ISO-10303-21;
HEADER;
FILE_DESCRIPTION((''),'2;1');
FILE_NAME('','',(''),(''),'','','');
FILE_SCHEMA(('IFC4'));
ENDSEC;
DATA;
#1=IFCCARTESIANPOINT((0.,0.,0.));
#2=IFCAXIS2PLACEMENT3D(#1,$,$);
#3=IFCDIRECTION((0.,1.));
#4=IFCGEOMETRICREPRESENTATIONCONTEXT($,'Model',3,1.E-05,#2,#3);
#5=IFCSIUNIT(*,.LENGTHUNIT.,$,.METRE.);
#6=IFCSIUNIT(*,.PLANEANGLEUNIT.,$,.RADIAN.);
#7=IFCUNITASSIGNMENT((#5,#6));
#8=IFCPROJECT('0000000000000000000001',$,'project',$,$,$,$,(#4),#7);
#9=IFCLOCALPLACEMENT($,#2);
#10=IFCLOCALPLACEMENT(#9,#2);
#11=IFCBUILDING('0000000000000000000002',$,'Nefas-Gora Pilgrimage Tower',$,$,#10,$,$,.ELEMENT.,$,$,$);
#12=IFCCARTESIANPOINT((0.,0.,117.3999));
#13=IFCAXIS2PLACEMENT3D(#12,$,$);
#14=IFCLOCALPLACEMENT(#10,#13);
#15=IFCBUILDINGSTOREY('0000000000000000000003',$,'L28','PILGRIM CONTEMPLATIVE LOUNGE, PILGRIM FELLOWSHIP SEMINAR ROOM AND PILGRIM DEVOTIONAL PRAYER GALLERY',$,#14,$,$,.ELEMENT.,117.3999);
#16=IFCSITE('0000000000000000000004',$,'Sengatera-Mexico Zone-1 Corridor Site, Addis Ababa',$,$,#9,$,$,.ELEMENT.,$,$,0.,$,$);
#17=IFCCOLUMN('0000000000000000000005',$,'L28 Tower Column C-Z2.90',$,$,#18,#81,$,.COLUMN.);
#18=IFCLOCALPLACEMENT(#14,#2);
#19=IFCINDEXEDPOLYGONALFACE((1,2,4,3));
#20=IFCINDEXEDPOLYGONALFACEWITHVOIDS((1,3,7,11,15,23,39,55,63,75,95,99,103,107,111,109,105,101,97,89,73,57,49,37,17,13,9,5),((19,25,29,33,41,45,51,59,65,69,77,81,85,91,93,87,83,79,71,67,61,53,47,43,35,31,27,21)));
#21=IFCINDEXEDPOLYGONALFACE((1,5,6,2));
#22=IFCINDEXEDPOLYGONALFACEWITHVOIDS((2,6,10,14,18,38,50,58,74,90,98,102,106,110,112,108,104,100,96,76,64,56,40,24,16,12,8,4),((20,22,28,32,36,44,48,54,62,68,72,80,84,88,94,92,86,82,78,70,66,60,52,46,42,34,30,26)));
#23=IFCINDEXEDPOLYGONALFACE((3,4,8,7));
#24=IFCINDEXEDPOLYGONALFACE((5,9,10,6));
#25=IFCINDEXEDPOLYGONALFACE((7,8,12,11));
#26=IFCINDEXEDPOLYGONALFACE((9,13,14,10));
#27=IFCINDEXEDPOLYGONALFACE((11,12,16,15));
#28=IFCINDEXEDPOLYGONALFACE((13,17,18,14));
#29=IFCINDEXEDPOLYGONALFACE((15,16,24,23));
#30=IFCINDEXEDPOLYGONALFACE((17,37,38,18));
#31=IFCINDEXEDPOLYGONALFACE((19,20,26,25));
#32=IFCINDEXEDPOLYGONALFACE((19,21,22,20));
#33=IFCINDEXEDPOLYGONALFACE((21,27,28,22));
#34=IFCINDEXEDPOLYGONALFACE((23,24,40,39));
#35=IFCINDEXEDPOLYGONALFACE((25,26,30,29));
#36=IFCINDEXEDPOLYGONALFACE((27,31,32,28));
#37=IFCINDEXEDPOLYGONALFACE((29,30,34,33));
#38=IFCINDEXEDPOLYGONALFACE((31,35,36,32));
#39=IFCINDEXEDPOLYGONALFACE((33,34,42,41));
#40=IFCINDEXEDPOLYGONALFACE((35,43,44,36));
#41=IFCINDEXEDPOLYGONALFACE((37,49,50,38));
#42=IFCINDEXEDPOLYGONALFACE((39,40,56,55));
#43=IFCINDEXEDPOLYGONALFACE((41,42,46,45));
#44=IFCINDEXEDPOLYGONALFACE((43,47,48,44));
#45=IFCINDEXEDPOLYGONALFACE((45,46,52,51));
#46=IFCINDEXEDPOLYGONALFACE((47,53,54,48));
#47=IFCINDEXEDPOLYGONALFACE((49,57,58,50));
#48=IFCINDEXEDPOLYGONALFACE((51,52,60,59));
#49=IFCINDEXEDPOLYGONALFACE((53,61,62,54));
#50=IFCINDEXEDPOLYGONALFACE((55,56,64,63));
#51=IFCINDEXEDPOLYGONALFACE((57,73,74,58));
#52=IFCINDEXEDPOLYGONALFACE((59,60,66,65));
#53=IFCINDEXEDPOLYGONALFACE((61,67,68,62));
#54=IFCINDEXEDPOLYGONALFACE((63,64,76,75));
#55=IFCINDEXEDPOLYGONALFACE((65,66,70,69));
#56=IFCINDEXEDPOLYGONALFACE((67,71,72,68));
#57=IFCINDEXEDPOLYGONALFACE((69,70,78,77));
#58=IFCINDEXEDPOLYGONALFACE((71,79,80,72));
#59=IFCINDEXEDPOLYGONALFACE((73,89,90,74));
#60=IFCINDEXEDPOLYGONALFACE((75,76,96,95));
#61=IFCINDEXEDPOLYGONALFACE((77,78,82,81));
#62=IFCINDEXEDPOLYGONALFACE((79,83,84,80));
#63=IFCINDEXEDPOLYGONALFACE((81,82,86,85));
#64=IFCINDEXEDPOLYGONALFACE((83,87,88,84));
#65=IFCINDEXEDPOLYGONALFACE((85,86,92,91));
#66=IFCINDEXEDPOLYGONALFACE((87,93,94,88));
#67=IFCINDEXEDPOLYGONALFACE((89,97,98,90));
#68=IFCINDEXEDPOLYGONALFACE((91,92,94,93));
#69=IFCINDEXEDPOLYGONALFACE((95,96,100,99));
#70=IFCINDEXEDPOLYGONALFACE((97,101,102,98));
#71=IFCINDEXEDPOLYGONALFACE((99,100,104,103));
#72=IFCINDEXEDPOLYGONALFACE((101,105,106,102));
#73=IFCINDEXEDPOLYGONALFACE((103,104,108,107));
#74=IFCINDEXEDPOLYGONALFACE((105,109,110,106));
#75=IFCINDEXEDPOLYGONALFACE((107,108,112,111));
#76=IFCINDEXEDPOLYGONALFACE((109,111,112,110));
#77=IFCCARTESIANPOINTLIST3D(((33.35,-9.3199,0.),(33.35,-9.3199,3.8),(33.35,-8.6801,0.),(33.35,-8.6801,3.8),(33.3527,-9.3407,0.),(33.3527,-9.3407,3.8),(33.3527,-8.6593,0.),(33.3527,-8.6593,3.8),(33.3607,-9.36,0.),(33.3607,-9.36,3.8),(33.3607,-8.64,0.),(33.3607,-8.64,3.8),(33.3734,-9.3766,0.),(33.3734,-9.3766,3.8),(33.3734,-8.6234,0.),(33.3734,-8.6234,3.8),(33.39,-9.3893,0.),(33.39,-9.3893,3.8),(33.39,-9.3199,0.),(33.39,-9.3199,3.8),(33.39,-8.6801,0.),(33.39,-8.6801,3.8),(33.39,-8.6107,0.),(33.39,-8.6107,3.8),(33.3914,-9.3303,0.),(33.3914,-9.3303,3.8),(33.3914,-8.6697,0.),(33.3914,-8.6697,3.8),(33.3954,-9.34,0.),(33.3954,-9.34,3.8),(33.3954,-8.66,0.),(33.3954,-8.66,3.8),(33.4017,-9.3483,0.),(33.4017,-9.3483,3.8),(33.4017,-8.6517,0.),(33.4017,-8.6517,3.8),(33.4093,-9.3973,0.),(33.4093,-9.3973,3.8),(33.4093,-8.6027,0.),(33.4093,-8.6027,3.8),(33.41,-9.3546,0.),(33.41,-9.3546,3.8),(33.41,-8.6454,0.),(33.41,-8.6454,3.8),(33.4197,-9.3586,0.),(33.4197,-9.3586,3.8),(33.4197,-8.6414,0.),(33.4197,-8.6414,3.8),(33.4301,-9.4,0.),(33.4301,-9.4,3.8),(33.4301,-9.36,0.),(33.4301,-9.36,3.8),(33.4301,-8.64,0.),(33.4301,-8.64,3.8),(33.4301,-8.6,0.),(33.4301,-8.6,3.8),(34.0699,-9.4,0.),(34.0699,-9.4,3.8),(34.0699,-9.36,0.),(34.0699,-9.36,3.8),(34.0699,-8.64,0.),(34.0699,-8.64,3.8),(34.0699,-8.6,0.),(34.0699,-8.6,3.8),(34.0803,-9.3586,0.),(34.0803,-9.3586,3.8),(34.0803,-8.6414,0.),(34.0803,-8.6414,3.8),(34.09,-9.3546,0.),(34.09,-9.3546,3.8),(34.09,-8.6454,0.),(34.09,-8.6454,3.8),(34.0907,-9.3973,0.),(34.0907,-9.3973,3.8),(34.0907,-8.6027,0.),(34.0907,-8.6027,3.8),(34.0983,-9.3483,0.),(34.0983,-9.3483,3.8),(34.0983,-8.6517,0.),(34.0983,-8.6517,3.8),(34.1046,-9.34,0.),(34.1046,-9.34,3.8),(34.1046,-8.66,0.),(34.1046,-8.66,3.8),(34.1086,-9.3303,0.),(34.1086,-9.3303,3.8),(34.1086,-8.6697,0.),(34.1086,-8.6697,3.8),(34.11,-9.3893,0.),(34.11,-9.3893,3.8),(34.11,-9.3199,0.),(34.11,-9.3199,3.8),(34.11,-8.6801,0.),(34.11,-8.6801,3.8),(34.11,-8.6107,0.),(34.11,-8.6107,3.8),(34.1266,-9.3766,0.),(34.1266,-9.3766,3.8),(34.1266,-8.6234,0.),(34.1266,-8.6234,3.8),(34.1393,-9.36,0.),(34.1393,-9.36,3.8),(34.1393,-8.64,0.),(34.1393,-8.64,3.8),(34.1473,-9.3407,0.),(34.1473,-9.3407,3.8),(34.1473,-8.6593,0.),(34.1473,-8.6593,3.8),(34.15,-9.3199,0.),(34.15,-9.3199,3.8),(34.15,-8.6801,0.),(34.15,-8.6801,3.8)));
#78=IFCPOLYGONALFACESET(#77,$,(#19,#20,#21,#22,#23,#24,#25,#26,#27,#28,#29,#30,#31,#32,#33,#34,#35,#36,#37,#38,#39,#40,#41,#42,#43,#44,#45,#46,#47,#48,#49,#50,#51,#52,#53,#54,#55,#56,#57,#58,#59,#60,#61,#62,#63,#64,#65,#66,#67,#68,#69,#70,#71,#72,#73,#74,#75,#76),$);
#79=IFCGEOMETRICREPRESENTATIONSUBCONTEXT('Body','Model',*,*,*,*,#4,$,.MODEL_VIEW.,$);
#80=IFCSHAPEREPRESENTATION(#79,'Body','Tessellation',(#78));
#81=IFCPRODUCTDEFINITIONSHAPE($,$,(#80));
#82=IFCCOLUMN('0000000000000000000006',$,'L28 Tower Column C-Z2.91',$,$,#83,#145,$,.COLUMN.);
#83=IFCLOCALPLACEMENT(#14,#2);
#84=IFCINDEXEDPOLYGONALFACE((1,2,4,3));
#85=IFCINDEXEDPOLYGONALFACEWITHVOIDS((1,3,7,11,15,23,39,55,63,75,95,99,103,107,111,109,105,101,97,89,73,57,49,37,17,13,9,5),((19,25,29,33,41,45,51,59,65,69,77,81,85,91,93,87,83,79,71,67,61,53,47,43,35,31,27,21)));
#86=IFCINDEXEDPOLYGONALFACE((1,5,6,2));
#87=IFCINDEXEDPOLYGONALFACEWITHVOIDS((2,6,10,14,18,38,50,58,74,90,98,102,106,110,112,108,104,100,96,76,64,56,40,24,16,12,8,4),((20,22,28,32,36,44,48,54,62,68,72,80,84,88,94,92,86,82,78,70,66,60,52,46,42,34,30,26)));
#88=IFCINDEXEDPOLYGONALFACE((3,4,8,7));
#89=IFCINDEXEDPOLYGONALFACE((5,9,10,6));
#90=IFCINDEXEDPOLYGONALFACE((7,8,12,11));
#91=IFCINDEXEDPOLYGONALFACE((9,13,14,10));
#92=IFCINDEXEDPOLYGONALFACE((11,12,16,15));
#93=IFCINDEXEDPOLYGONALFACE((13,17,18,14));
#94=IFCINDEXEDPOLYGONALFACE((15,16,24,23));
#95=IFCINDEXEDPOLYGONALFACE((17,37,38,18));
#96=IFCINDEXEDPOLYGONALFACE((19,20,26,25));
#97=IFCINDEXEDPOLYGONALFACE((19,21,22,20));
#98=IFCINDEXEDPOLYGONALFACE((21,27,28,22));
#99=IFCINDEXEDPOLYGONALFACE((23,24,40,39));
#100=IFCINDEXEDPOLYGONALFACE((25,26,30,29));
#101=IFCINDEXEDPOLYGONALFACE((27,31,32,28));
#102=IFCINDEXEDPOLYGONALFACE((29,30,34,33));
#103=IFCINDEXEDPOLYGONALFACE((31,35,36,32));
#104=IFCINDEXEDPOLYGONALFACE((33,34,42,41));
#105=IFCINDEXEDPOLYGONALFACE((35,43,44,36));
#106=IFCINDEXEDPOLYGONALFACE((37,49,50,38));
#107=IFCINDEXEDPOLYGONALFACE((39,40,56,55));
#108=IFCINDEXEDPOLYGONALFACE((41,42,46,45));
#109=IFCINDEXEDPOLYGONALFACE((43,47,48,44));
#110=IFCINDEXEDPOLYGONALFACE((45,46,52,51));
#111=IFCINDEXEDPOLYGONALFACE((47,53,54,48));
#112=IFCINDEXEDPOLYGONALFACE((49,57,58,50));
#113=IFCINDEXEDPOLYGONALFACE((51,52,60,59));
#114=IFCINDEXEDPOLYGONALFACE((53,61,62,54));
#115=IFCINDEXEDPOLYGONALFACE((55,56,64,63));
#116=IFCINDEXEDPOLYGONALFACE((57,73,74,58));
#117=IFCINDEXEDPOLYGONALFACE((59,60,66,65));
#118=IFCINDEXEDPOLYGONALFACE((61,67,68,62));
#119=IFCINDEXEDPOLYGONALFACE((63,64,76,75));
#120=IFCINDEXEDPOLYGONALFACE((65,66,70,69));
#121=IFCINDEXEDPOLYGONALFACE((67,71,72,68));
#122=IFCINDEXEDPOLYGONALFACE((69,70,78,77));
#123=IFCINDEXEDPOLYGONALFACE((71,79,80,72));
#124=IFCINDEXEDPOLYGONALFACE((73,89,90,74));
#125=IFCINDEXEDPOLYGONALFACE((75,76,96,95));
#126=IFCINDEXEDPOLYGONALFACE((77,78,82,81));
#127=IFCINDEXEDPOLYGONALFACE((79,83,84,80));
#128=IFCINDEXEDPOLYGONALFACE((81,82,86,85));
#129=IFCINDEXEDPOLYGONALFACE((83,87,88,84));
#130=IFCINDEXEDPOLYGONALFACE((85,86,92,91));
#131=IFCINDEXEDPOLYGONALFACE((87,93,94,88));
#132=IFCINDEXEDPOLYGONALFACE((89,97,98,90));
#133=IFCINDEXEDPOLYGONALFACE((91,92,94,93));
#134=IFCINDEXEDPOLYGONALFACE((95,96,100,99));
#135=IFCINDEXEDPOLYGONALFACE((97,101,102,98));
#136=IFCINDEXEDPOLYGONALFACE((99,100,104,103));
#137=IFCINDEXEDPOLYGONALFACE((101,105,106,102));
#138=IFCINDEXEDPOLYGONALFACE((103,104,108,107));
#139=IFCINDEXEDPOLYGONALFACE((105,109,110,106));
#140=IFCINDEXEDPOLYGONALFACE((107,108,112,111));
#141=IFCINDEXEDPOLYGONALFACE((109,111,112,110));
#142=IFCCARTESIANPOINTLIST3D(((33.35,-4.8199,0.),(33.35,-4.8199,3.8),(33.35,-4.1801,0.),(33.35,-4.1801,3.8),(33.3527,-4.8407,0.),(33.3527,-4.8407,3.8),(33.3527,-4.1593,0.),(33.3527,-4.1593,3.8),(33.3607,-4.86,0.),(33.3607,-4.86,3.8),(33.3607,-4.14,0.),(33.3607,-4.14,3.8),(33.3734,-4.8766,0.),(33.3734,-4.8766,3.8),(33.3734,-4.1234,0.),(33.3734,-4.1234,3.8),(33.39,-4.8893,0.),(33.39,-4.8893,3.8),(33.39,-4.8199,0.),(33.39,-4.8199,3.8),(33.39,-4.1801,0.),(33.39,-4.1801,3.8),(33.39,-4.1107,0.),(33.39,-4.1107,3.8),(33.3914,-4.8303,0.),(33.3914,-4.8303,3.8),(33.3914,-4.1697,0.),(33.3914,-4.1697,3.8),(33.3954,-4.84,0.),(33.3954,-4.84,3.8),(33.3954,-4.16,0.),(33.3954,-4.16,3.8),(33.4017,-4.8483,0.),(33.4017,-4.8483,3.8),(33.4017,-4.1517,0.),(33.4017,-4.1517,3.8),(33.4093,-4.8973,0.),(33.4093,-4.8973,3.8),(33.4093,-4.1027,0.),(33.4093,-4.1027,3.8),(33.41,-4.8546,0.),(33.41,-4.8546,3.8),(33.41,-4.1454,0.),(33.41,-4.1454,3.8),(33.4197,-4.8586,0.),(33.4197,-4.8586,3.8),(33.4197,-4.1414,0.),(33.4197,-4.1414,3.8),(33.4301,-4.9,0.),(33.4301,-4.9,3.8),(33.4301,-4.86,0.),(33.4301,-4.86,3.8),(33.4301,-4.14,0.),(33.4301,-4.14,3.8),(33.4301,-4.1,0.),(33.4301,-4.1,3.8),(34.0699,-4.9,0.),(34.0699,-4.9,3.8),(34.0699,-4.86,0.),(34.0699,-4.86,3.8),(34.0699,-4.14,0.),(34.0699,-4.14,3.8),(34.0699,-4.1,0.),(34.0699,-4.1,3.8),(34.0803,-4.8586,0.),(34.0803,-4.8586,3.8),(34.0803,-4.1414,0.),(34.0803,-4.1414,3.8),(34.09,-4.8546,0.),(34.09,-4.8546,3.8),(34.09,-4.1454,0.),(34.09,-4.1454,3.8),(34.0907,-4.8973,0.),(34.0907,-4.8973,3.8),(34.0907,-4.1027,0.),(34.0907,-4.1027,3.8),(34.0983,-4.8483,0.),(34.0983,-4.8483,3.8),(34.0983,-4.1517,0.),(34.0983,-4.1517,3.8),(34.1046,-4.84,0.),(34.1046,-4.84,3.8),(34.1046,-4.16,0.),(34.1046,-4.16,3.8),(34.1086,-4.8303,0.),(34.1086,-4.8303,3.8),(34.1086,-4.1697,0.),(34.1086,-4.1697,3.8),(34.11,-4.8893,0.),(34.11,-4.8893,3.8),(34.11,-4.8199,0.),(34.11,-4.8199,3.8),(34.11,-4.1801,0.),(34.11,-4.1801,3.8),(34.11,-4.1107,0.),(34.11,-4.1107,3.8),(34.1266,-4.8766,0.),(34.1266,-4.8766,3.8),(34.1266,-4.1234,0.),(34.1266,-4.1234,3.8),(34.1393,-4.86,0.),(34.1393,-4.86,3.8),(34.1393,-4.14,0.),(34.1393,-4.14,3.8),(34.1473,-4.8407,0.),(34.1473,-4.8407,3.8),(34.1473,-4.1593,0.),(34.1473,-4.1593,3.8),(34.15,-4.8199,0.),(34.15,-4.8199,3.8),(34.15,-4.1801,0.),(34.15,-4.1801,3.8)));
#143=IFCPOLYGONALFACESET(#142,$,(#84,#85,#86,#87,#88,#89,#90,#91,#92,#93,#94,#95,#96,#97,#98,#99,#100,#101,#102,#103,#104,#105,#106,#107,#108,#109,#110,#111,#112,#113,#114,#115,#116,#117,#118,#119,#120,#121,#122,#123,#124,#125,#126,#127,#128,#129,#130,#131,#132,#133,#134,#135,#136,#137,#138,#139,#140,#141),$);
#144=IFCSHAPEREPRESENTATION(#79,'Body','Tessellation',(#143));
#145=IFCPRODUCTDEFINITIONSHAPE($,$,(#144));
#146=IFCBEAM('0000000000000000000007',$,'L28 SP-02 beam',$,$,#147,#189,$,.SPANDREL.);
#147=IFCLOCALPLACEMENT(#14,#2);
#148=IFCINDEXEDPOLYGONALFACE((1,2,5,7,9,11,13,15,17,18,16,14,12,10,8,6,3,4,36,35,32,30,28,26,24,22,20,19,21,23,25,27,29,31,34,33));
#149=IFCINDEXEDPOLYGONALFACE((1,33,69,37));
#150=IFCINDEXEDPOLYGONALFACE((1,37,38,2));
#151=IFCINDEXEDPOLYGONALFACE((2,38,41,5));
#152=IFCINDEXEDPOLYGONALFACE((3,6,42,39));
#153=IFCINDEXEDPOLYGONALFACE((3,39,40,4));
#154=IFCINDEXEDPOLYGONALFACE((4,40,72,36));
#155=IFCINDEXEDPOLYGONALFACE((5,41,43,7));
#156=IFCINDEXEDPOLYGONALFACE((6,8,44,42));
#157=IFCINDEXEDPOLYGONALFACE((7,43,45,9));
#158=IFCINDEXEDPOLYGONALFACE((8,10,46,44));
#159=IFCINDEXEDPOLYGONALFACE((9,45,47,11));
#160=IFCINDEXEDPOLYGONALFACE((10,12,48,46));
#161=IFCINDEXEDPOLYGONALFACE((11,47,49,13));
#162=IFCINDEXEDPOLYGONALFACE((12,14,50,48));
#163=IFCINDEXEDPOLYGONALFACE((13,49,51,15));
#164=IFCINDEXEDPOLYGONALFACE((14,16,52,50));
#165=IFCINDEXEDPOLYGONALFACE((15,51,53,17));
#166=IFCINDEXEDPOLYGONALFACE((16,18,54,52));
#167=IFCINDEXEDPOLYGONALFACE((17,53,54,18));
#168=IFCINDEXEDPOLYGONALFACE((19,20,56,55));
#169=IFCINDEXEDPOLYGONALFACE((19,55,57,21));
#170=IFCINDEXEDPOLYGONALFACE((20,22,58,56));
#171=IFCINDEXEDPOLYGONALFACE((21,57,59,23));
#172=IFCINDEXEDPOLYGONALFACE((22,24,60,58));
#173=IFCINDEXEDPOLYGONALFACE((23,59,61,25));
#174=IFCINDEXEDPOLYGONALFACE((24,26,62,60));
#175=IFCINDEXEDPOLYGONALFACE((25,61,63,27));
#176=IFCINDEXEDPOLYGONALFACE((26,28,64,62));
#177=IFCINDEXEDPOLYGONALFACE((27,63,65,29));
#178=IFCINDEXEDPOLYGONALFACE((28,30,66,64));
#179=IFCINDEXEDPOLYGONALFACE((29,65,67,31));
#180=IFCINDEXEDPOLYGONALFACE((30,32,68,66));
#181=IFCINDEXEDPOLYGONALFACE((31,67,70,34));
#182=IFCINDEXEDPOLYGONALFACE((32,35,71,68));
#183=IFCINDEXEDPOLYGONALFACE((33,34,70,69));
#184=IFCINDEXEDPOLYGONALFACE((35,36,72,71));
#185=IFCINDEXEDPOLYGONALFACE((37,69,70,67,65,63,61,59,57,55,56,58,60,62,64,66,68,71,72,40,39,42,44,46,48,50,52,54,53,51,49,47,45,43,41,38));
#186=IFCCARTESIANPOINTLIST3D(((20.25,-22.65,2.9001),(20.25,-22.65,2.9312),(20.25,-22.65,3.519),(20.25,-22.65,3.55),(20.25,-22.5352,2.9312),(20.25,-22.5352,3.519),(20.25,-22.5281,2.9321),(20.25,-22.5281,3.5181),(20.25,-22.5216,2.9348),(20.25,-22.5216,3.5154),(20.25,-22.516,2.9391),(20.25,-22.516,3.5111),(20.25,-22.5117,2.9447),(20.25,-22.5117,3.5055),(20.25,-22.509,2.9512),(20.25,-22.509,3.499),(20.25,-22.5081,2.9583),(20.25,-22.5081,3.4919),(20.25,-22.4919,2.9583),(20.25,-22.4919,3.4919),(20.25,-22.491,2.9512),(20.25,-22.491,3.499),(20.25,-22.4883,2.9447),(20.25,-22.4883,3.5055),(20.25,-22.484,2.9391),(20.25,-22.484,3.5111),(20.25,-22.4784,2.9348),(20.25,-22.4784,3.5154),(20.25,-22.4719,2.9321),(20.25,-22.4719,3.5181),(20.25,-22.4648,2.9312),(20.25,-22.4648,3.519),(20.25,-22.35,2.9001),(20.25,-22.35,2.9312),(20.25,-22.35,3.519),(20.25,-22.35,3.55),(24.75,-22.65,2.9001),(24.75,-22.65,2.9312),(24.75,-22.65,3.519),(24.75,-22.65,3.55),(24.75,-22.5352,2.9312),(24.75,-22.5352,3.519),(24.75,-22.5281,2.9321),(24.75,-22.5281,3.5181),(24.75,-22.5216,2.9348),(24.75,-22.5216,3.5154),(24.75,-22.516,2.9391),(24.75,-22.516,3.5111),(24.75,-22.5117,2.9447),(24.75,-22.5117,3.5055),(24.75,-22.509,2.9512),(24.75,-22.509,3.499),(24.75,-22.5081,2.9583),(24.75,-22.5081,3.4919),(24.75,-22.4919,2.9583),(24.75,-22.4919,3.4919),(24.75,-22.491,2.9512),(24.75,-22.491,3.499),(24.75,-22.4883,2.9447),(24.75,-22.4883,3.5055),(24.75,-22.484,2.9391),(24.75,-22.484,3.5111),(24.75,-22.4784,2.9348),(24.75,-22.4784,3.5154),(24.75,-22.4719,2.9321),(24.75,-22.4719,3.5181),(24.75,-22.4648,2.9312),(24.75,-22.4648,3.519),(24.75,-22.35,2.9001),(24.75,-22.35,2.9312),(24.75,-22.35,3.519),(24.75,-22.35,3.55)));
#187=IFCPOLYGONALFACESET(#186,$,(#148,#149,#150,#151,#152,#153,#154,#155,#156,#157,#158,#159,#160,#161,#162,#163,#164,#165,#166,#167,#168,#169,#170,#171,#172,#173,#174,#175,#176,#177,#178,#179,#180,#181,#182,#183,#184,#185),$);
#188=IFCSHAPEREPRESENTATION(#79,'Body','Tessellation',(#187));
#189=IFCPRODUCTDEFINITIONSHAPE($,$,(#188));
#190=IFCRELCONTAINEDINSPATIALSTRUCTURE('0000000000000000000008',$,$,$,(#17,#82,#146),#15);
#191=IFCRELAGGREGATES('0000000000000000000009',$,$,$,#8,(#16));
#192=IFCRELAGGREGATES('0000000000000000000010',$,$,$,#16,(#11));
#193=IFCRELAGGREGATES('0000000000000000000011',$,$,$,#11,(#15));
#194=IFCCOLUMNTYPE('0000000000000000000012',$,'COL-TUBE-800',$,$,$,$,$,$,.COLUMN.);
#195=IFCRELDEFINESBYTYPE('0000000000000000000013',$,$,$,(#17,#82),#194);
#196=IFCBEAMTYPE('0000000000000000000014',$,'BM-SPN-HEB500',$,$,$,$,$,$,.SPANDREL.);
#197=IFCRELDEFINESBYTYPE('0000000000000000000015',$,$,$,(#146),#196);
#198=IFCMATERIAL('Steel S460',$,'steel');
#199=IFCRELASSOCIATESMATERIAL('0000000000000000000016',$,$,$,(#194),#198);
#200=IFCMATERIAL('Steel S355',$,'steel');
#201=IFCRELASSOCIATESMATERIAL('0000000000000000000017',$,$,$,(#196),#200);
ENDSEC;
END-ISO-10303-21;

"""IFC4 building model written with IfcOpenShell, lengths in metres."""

from ifc_helpers import new_model, si_unit, direction, frame, origin, origin_2d, place, context, subcontext, project, spatial, hollow_rectangle, i_section, extrude, source, transform, mapped, material, material_profile, profile_set, type_object, element, save


model = new_model("IFC4")

# Units and contexts
model_context = context("Model", 3, precision=1e-05, world=origin(), true_north=direction((0.0, 1.0)))
body_context = subcontext(model_context, "Body", "Model", "MODEL_VIEW")
ifc_project = project(units=[si_unit("LENGTHUNIT", "METRE"), si_unit("PLANEANGLEUNIT", "RADIAN")], contexts=[model_context])

# Site, building, storey
site_placement = place(None, origin())
site = spatial("IfcSite", under=ifc_project, at=site_placement, Name="Sengatera-Mexico Zone-1 Corridor Site, Addis Ababa", CompositionType="ELEMENT", RefElevation=0.0)
building_placement = place(site_placement, origin())
building = spatial("IfcBuilding", under=site, at=building_placement, Name="Nefas-Gora Pilgrimage Tower", CompositionType="ELEMENT")
storey_placement = place(building_placement, frame((0.0, 0.0, 117.3999)))
storey = spatial("IfcBuildingStorey", under=building, at=storey_placement, Name="L28", Description="PILGRIM CONTEMPLATIVE LOUNGE, PILGRIM FELLOWSHIP SEMINAR ROOM AND PILGRIM DEVOTIONAL PRAYER GALLERY", CompositionType="ELEMENT", Elevation=117.3999)

# Columns
ifc_material_1 = material(Name="Steel S460", Category="steel")
ifc_material_profile_1 = material_profile(ifc_material_1, hollow_rectangle(XDim=0.8, YDim=0.8, WallThickness=0.04, InnerFilletRadius=0.04, OuterFilletRadius=0.0801, at=origin_2d()), Name="BOX 800x800x40")
ifc_profile_set_1 = profile_set([ifc_material_profile_1], Name="Steel S460")
column_type_1 = type_object("IfcColumnType", Name="COL-TUBE-800", PredefinedType="COLUMN", material=ifc_profile_set_1)
shared_shape_1 = source(origin(), body_context, "Body", "SweptSolid", [
    extrude(hollow_rectangle(XDim=0.8, YDim=0.8, WallThickness=0.04, InnerFilletRadius=0.04, OuterFilletRadius=0.0801, at=origin_2d()), origin(), (0.0, 0.0, 1.0), 3.8),
])
for number, where, z_axis, x_axis, name in (
    (1, (33.75, -9.0, 0.0), (0.0, 0.0, 1.0), (1.0, 0.0, 0.0), "L28 Tower Column C-Z2.90"),
    (2, (33.75, -4.5, 0.0), (0.0, 0.0, 1.0), (1.0, 0.0, 0.0), "L28 Tower Column C-Z2.91"),
):
    element("IfcColumn", number, at=place(storey_placement, frame(where, z_axis=z_axis, x_axis=x_axis)), inside=storey, type_object=column_type_1, Name=name, PredefinedType="COLUMN", context=body_context, shape_type="MappedRepresentation", body=[
        mapped(shared_shape_1, transform((0.0, 0.0, 0.0), x_axis=(1.0, 0.0, 0.0), y_axis=(0.0, 1.0, 0.0), z_axis=(0.0, 0.0, 1.0), scale=1.0)),
    ])

# Beam
ifc_material_2 = material(Name="Steel S355", Category="steel")
ifc_material_profile_2 = material_profile(ifc_material_2, i_section(OverallWidth=0.3, OverallDepth=0.6499, WebThickness=0.0161, FlangeThickness=0.031, FilletRadius=0.0271, at=origin_2d()), Name="HEB 650")
ifc_profile_set_2 = profile_set([ifc_material_profile_2], Name="Steel S355")
beam_type_1 = type_object("IfcBeamType", Name="BM-SPN-HEB500", PredefinedType="SPANDREL", material=ifc_profile_set_2)
shared_shape_2 = source(origin(), body_context, "Body", "SweptSolid", [
    extrude(i_section(OverallWidth=0.3, OverallDepth=0.6499, WebThickness=0.0161, FlangeThickness=0.031, FilletRadius=0.0271, at=origin_2d()), origin(), (0.0, 0.0, 1.0), 4.5),
])
for number, where, z_axis, x_axis, name in (
    (3, (20.25, -22.5, 3.2251), (1.0, 0.0, 0.0), (0.0, 1.0, 0.0), "L28 SP-02 beam"),
):
    element("IfcBeam", number, at=place(storey_placement, frame(where, z_axis=z_axis, x_axis=x_axis)), inside=storey, type_object=beam_type_1, Name=name, PredefinedType="SPANDREL", context=body_context, shape_type="MappedRepresentation", body=[
        mapped(shared_shape_2, transform((0.0, 0.0, 0.0), x_axis=(1.0, 0.0, 0.0), y_axis=(0.0, 1.0, 0.0), z_axis=(0.0, 0.0, 1.0), scale=1.0)),
    ])

save(model, "model.ifc")
